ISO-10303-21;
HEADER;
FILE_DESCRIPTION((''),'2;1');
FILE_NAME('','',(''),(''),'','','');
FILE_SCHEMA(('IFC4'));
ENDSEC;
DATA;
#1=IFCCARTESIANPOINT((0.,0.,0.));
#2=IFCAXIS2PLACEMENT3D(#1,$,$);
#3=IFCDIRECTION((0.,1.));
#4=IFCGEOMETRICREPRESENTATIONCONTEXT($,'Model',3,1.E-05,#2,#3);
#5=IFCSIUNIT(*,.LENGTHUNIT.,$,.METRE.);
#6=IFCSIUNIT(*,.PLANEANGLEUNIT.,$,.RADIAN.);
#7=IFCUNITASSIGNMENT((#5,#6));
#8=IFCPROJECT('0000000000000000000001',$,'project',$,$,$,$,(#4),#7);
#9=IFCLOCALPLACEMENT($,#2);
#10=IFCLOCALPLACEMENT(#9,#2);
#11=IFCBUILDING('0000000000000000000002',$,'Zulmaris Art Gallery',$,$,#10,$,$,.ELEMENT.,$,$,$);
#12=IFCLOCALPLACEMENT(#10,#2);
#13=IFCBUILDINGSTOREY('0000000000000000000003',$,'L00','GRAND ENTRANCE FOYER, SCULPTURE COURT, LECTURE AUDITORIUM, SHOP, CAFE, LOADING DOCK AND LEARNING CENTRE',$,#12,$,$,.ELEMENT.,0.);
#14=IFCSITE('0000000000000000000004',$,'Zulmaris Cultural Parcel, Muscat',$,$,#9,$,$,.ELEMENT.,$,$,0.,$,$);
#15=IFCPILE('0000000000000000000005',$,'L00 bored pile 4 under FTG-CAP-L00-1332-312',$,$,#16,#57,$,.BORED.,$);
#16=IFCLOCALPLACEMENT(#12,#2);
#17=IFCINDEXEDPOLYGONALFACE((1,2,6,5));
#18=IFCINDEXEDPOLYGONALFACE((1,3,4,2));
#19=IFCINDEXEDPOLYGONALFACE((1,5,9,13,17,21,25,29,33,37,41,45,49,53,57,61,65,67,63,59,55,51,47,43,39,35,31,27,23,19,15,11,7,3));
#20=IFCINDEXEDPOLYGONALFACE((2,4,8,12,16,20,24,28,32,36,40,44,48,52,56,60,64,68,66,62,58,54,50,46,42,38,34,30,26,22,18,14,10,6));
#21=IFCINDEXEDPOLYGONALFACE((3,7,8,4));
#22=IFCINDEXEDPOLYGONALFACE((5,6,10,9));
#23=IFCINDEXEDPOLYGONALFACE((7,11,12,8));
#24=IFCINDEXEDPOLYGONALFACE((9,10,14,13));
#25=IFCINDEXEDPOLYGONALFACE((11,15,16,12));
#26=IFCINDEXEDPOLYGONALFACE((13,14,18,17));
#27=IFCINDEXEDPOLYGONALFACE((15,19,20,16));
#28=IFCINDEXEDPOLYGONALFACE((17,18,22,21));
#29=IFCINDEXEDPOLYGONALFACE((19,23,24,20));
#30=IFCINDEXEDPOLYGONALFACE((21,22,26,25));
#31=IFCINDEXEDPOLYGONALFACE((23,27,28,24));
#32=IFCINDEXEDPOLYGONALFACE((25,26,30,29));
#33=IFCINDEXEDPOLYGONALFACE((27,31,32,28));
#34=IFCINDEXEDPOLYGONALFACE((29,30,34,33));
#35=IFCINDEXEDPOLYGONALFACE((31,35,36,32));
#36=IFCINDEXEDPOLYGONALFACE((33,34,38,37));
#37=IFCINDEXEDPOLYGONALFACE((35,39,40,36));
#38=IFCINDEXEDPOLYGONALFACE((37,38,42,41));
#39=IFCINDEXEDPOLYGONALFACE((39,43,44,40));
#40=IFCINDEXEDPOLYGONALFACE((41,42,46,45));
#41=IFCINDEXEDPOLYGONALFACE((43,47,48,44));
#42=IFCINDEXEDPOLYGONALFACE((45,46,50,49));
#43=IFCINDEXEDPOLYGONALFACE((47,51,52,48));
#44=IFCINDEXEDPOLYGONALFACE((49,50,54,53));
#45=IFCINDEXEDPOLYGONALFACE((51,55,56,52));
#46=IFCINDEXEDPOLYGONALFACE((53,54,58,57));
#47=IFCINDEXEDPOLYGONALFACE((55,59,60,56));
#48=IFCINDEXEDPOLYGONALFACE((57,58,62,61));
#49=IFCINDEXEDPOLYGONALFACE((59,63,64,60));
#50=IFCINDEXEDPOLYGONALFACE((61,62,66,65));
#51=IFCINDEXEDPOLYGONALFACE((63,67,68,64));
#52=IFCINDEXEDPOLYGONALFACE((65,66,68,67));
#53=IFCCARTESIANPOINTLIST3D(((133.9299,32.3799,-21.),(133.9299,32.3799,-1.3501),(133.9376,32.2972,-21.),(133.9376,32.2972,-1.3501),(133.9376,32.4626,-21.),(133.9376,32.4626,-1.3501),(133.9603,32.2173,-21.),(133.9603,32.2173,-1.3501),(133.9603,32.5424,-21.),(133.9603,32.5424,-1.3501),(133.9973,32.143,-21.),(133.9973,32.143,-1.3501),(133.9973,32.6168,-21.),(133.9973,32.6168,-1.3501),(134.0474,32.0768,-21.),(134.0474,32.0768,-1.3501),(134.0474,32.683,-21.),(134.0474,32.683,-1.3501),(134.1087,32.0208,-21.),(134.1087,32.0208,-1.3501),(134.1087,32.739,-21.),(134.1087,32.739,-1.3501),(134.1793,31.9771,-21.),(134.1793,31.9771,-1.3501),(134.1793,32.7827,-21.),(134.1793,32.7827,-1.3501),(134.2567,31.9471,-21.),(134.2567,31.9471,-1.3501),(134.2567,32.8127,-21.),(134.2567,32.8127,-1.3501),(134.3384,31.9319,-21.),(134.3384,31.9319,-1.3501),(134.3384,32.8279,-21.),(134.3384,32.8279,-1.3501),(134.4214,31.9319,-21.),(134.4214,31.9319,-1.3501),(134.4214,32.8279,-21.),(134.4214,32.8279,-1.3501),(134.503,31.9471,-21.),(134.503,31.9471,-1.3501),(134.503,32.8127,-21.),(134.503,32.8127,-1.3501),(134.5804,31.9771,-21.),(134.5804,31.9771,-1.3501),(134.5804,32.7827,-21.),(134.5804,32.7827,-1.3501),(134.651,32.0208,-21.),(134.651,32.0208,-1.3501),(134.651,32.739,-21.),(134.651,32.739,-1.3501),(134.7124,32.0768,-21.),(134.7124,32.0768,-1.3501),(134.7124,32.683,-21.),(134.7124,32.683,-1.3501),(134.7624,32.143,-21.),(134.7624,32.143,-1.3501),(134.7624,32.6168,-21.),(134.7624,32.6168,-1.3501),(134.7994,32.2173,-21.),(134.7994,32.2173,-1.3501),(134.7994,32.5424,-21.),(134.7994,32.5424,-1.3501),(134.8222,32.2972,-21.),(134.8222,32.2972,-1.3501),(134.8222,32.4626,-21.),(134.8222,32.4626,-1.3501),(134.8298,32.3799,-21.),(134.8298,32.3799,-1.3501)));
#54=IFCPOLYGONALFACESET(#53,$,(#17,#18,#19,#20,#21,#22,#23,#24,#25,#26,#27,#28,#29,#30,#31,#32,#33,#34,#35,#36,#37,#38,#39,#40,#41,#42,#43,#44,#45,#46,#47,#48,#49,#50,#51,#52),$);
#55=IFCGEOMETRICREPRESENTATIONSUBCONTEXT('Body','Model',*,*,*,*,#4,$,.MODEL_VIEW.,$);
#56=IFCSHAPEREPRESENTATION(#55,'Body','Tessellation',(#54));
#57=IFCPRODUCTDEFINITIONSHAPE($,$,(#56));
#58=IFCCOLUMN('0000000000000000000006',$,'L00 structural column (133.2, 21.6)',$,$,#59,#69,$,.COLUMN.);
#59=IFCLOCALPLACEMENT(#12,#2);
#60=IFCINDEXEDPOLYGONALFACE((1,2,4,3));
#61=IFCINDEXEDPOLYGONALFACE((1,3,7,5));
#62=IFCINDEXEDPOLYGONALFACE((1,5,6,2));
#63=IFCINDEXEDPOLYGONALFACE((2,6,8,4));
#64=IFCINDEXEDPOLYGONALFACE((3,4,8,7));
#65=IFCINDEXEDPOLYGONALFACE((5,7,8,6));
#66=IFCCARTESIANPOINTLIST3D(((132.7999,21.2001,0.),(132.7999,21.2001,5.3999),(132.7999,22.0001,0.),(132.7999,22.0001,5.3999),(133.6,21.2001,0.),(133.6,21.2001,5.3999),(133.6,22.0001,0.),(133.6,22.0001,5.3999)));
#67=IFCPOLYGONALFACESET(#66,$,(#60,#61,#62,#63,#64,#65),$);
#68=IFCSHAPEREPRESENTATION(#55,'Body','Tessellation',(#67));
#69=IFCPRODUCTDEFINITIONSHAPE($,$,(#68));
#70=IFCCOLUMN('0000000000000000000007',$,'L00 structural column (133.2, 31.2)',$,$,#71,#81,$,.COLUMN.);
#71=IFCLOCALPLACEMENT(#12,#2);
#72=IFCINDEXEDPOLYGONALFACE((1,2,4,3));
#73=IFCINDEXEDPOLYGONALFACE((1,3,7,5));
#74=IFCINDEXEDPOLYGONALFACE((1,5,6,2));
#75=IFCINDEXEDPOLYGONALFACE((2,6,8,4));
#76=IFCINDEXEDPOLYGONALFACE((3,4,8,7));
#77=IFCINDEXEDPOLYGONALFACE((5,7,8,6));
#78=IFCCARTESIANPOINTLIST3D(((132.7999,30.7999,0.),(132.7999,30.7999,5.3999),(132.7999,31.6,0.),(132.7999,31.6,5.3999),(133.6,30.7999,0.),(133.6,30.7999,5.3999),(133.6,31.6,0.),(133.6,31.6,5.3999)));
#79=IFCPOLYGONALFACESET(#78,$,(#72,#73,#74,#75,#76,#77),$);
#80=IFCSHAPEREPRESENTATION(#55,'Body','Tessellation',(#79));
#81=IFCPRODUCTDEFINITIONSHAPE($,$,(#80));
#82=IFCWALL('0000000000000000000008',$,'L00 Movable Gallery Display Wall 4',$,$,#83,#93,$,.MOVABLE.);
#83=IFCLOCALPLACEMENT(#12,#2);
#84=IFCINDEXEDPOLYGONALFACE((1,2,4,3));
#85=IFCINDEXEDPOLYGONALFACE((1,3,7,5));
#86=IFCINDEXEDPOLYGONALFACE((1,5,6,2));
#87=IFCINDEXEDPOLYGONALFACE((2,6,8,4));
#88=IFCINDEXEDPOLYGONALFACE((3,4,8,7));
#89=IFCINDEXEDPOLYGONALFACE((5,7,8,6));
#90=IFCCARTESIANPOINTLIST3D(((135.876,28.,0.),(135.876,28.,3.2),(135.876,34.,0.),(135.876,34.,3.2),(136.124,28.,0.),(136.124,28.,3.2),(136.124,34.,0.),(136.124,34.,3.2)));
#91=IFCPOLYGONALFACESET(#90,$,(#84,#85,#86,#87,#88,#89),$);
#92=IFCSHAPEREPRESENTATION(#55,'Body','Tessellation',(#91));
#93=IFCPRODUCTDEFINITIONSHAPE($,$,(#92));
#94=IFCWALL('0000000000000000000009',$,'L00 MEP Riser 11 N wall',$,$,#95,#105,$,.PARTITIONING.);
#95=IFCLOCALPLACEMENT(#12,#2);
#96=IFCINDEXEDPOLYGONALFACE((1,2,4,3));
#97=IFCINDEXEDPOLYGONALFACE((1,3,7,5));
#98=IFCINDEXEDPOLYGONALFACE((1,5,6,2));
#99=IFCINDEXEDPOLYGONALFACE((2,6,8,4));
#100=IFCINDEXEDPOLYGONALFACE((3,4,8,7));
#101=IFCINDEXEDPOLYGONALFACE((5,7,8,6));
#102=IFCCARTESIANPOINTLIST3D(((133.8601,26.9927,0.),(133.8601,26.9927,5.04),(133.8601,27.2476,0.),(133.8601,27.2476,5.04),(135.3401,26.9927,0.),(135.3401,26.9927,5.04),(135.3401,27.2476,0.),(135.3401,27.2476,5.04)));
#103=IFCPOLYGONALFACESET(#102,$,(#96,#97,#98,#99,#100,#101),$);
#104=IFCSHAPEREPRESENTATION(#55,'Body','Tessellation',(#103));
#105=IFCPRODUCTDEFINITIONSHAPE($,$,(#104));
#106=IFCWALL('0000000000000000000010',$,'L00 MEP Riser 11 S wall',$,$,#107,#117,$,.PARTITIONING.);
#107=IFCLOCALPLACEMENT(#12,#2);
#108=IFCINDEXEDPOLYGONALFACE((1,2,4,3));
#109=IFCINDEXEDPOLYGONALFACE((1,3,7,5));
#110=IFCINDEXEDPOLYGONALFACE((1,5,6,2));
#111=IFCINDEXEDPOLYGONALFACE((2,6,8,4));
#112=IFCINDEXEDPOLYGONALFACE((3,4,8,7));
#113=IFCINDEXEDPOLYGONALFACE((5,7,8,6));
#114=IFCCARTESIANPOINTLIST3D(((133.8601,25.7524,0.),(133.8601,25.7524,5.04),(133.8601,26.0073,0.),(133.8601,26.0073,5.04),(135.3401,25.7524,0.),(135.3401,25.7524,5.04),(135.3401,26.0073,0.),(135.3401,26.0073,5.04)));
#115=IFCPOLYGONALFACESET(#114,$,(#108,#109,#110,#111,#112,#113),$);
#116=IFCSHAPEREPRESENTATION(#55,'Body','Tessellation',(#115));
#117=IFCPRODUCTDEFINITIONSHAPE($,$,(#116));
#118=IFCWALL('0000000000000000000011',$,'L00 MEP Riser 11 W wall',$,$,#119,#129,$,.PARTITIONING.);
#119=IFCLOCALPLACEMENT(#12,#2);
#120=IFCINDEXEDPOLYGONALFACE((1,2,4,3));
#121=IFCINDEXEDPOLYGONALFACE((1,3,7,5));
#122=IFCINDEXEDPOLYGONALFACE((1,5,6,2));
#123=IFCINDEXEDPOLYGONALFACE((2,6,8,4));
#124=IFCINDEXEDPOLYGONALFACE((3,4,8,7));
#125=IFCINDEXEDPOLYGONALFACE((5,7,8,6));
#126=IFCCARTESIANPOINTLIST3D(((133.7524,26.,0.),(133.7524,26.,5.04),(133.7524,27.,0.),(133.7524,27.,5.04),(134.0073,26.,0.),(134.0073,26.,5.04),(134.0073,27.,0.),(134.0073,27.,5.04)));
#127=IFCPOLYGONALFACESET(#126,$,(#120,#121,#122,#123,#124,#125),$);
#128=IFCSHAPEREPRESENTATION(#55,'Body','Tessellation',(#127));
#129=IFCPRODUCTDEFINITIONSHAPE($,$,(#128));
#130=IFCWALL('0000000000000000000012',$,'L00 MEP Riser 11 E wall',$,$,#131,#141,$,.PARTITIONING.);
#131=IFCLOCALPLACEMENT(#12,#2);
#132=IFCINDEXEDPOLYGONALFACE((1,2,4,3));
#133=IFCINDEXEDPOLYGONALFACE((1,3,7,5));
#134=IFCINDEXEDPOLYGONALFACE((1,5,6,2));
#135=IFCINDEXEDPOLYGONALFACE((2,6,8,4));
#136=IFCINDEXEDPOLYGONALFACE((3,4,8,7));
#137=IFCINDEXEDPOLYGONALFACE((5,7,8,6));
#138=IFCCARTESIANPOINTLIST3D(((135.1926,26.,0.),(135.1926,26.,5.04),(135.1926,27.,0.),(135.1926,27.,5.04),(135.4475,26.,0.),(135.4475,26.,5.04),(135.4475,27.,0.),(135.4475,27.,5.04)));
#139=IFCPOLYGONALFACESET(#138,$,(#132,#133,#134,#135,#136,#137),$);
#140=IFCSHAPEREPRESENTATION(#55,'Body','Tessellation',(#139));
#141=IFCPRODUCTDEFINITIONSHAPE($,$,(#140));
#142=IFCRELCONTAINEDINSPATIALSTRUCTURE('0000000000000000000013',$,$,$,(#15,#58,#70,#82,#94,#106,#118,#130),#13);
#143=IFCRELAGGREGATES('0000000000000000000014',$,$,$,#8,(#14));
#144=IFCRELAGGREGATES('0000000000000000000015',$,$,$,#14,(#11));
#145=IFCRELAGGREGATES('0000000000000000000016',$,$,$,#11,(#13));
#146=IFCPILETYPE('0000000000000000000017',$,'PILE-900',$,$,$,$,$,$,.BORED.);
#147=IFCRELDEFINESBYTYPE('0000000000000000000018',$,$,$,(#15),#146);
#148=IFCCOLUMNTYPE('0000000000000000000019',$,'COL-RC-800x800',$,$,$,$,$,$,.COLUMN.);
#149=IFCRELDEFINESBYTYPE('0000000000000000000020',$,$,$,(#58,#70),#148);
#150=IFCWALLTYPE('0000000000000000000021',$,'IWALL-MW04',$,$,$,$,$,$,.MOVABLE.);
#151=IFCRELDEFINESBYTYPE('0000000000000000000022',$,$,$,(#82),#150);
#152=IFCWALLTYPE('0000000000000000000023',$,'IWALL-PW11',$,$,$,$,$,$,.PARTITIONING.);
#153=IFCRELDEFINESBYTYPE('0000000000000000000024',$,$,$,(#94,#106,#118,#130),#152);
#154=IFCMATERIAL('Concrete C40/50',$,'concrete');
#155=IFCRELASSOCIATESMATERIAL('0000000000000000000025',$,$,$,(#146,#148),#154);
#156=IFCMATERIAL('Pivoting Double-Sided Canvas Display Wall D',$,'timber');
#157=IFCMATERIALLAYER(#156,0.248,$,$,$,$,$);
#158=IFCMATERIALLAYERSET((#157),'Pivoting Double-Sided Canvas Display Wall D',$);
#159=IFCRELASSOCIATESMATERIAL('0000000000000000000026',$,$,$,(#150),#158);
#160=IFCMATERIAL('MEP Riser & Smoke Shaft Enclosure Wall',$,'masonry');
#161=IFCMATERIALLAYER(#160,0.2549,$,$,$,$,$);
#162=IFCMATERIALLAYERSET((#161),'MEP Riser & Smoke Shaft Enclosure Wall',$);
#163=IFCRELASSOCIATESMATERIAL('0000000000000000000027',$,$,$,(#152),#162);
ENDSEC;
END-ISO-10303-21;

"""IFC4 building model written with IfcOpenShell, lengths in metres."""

from ifc_helpers import new_model, si_unit, direction, frame, frame_2d, origin, origin_2d, place, context, subcontext, project, spatial, rectangle, circle, extrude, material, layer, layer_set, material_profile, profile_set, type_object, element, save


model = new_model("IFC4")

# Units and contexts
model_context = context("Model", 3, precision=1e-05, world=origin(), true_north=direction((0.0, 1.0)))
body_context = subcontext(model_context, "Body", "Model", "MODEL_VIEW")
ifc_project = project(units=[si_unit("LENGTHUNIT", "METRE"), si_unit("PLANEANGLEUNIT", "RADIAN")], contexts=[model_context])

# Site, building, storey
site_placement = place(None, origin())
site = spatial("IfcSite", under=ifc_project, at=site_placement, Name="Zulmaris Cultural Parcel, Muscat", CompositionType="ELEMENT", RefElevation=0.0)
building_placement = place(site_placement, origin())
building = spatial("IfcBuilding", under=site, at=building_placement, Name="Zulmaris Art Gallery", CompositionType="ELEMENT")
storey_placement = place(building_placement, origin())
storey = spatial("IfcBuildingStorey", under=building, at=storey_placement, Name="L00", Description="GRAND ENTRANCE FOYER, SCULPTURE COURT, LECTURE AUDITORIUM, SHOP, CAFE, LOADING DOCK AND LEARNING CENTRE", CompositionType="ELEMENT", Elevation=0.0)

# Pile
ifc_material_1 = material(Name="Concrete C40/50", Category="concrete")
ifc_material_profile_1 = material_profile(ifc_material_1, circle(Radius=0.45, at=origin_2d()), Name="PILE DIA 900")
ifc_profile_set_1 = profile_set([ifc_material_profile_1], Name="Concrete C40/50")
pile_type_1 = type_object("IfcPileType", Name="PILE-900", PredefinedType="BORED", material=ifc_profile_set_1)
for number, where, z_axis, x_axis, name in (
    (1, (134.3799, 32.3799, -1.3501), (0.0, 0.0, -1.0), (1.0, 0.0, 0.0), "L00 bored pile 4 under FTG-CAP-L00-1332-312"),
):
    element("IfcPile", number, at=place(storey_placement, frame(where, z_axis=z_axis, x_axis=x_axis)), inside=storey, type_object=pile_type_1, Name=name, PredefinedType="BORED", context=body_context, shape_type="SweptSolid", body=[
        extrude(circle(Radius=0.45, at=origin_2d()), origin(), (0.0, 0.0, 1.0), 19.6499),
    ])

# Columns
ifc_material_profile_2 = material_profile(ifc_material_1, rectangle(XDim=0.8, YDim=0.8, at=origin_2d()), Name="RC 800x800")
ifc_profile_set_2 = profile_set([ifc_material_profile_2], Name="Concrete C40/50")
column_type = type_object("IfcColumnType", Name="COL-RC-800x800", PredefinedType="COLUMN", material=ifc_profile_set_2)
for number, where, z_axis, x_axis, name in (
    (2, (133.2, 21.6001, 0.0), (0.0, 0.0, 1.0), (1.0, 0.0, 0.0), "L00 structural column (133.2, 21.6)"),
    (3, (133.2, 31.2, 0.0), (0.0, 0.0, 1.0), (1.0, 0.0, 0.0), "L00 structural column (133.2, 31.2)"),
):
    element("IfcColumn", number, at=place(storey_placement, frame(where, z_axis=z_axis, x_axis=x_axis)), inside=storey, type_object=column_type, Name=name, PredefinedType="COLUMN", context=body_context, shape_type="SweptSolid", body=[
        extrude(rectangle(XDim=0.8, YDim=0.8, at=origin_2d()), origin(), (0.0, 0.0, 1.0), 5.3999),
    ])

# Walls
ifc_material_2 = material(Name="Pivoting Double-Sided Canvas Display Wall D", Category="timber")
ifc_layer_1 = layer(ifc_material_2, 0.248)
ifc_layer_set_1 = layer_set([ifc_layer_1], Name="Pivoting Double-Sided Canvas Display Wall D")
wall_type_1 = type_object("IfcWallType", Name="IWALL-MW04", PredefinedType="MOVABLE", material=ifc_layer_set_1)
wall_placement = place(storey_placement, frame((136.0, 28.0, 0.0), z_axis=(0.0, 0.0, 1.0), x_axis=(0.0, 1.0, 0.0)))
element("IfcWall", 4, at=wall_placement, inside=storey, type_object=wall_type_1, Name="L00 Movable Gallery Display Wall 4", PredefinedType="MOVABLE", context=body_context, shape_type="SweptSolid", body=[
    extrude(rectangle(XDim=6.0, YDim=0.248, at=frame_2d((3.0, 0.0))), origin(), (0.0, 0.0, 1.0), 3.2),
])
ifc_material_3 = material(Name="MEP Riser & Smoke Shaft Enclosure Wall", Category="masonry")
ifc_layer_2 = layer(ifc_material_3, 0.2549)
ifc_layer_set_2 = layer_set([ifc_layer_2], Name="MEP Riser & Smoke Shaft Enclosure Wall")
wall_type_2 = type_object("IfcWallType", Name="IWALL-PW11", PredefinedType="PARTITIONING", material=ifc_layer_set_2)
for number, where, z_axis, x_axis, name in (
    (5, (133.8601, 27.1201, 0.0), (0.0, 0.0, 1.0), (1.0, 0.0, 0.0), "L00 MEP Riser 11 N wall"),
    (6, (133.8601, 25.8799, 0.0), (0.0, 0.0, 1.0), (1.0, 0.0, 0.0), "L00 MEP Riser 11 S wall"),
):
    element("IfcWall", number, at=place(storey_placement, frame(where, z_axis=z_axis, x_axis=x_axis)), inside=storey, type_object=wall_type_2, Name=name, PredefinedType="PARTITIONING", context=body_context, shape_type="SweptSolid", body=[
        extrude(rectangle(XDim=1.48, YDim=0.2549, at=frame_2d((0.74, 0.0))), origin(), (0.0, 0.0, 1.0), 5.04),
    ])
for number, where, z_axis, x_axis, name in (
    (7, (133.8799, 26.0, 0.0), (0.0, 0.0, 1.0), (0.0, 1.0, 0.0), "L00 MEP Riser 11 W wall"),
    (8, (135.3201, 26.0, 0.0), (0.0, 0.0, 1.0), (0.0, 1.0, 0.0), "L00 MEP Riser 11 E wall"),
):
    element("IfcWall", number, at=place(storey_placement, frame(where, z_axis=z_axis, x_axis=x_axis)), inside=storey, type_object=wall_type_2, Name=name, PredefinedType="PARTITIONING", context=body_context, shape_type="SweptSolid", body=[
        extrude(rectangle(XDim=1.0, YDim=0.2549, at=frame_2d((0.5, 0.0))), origin(), (0.0, 0.0, 1.0), 5.04),
    ])

save(model, "model.ifc")
